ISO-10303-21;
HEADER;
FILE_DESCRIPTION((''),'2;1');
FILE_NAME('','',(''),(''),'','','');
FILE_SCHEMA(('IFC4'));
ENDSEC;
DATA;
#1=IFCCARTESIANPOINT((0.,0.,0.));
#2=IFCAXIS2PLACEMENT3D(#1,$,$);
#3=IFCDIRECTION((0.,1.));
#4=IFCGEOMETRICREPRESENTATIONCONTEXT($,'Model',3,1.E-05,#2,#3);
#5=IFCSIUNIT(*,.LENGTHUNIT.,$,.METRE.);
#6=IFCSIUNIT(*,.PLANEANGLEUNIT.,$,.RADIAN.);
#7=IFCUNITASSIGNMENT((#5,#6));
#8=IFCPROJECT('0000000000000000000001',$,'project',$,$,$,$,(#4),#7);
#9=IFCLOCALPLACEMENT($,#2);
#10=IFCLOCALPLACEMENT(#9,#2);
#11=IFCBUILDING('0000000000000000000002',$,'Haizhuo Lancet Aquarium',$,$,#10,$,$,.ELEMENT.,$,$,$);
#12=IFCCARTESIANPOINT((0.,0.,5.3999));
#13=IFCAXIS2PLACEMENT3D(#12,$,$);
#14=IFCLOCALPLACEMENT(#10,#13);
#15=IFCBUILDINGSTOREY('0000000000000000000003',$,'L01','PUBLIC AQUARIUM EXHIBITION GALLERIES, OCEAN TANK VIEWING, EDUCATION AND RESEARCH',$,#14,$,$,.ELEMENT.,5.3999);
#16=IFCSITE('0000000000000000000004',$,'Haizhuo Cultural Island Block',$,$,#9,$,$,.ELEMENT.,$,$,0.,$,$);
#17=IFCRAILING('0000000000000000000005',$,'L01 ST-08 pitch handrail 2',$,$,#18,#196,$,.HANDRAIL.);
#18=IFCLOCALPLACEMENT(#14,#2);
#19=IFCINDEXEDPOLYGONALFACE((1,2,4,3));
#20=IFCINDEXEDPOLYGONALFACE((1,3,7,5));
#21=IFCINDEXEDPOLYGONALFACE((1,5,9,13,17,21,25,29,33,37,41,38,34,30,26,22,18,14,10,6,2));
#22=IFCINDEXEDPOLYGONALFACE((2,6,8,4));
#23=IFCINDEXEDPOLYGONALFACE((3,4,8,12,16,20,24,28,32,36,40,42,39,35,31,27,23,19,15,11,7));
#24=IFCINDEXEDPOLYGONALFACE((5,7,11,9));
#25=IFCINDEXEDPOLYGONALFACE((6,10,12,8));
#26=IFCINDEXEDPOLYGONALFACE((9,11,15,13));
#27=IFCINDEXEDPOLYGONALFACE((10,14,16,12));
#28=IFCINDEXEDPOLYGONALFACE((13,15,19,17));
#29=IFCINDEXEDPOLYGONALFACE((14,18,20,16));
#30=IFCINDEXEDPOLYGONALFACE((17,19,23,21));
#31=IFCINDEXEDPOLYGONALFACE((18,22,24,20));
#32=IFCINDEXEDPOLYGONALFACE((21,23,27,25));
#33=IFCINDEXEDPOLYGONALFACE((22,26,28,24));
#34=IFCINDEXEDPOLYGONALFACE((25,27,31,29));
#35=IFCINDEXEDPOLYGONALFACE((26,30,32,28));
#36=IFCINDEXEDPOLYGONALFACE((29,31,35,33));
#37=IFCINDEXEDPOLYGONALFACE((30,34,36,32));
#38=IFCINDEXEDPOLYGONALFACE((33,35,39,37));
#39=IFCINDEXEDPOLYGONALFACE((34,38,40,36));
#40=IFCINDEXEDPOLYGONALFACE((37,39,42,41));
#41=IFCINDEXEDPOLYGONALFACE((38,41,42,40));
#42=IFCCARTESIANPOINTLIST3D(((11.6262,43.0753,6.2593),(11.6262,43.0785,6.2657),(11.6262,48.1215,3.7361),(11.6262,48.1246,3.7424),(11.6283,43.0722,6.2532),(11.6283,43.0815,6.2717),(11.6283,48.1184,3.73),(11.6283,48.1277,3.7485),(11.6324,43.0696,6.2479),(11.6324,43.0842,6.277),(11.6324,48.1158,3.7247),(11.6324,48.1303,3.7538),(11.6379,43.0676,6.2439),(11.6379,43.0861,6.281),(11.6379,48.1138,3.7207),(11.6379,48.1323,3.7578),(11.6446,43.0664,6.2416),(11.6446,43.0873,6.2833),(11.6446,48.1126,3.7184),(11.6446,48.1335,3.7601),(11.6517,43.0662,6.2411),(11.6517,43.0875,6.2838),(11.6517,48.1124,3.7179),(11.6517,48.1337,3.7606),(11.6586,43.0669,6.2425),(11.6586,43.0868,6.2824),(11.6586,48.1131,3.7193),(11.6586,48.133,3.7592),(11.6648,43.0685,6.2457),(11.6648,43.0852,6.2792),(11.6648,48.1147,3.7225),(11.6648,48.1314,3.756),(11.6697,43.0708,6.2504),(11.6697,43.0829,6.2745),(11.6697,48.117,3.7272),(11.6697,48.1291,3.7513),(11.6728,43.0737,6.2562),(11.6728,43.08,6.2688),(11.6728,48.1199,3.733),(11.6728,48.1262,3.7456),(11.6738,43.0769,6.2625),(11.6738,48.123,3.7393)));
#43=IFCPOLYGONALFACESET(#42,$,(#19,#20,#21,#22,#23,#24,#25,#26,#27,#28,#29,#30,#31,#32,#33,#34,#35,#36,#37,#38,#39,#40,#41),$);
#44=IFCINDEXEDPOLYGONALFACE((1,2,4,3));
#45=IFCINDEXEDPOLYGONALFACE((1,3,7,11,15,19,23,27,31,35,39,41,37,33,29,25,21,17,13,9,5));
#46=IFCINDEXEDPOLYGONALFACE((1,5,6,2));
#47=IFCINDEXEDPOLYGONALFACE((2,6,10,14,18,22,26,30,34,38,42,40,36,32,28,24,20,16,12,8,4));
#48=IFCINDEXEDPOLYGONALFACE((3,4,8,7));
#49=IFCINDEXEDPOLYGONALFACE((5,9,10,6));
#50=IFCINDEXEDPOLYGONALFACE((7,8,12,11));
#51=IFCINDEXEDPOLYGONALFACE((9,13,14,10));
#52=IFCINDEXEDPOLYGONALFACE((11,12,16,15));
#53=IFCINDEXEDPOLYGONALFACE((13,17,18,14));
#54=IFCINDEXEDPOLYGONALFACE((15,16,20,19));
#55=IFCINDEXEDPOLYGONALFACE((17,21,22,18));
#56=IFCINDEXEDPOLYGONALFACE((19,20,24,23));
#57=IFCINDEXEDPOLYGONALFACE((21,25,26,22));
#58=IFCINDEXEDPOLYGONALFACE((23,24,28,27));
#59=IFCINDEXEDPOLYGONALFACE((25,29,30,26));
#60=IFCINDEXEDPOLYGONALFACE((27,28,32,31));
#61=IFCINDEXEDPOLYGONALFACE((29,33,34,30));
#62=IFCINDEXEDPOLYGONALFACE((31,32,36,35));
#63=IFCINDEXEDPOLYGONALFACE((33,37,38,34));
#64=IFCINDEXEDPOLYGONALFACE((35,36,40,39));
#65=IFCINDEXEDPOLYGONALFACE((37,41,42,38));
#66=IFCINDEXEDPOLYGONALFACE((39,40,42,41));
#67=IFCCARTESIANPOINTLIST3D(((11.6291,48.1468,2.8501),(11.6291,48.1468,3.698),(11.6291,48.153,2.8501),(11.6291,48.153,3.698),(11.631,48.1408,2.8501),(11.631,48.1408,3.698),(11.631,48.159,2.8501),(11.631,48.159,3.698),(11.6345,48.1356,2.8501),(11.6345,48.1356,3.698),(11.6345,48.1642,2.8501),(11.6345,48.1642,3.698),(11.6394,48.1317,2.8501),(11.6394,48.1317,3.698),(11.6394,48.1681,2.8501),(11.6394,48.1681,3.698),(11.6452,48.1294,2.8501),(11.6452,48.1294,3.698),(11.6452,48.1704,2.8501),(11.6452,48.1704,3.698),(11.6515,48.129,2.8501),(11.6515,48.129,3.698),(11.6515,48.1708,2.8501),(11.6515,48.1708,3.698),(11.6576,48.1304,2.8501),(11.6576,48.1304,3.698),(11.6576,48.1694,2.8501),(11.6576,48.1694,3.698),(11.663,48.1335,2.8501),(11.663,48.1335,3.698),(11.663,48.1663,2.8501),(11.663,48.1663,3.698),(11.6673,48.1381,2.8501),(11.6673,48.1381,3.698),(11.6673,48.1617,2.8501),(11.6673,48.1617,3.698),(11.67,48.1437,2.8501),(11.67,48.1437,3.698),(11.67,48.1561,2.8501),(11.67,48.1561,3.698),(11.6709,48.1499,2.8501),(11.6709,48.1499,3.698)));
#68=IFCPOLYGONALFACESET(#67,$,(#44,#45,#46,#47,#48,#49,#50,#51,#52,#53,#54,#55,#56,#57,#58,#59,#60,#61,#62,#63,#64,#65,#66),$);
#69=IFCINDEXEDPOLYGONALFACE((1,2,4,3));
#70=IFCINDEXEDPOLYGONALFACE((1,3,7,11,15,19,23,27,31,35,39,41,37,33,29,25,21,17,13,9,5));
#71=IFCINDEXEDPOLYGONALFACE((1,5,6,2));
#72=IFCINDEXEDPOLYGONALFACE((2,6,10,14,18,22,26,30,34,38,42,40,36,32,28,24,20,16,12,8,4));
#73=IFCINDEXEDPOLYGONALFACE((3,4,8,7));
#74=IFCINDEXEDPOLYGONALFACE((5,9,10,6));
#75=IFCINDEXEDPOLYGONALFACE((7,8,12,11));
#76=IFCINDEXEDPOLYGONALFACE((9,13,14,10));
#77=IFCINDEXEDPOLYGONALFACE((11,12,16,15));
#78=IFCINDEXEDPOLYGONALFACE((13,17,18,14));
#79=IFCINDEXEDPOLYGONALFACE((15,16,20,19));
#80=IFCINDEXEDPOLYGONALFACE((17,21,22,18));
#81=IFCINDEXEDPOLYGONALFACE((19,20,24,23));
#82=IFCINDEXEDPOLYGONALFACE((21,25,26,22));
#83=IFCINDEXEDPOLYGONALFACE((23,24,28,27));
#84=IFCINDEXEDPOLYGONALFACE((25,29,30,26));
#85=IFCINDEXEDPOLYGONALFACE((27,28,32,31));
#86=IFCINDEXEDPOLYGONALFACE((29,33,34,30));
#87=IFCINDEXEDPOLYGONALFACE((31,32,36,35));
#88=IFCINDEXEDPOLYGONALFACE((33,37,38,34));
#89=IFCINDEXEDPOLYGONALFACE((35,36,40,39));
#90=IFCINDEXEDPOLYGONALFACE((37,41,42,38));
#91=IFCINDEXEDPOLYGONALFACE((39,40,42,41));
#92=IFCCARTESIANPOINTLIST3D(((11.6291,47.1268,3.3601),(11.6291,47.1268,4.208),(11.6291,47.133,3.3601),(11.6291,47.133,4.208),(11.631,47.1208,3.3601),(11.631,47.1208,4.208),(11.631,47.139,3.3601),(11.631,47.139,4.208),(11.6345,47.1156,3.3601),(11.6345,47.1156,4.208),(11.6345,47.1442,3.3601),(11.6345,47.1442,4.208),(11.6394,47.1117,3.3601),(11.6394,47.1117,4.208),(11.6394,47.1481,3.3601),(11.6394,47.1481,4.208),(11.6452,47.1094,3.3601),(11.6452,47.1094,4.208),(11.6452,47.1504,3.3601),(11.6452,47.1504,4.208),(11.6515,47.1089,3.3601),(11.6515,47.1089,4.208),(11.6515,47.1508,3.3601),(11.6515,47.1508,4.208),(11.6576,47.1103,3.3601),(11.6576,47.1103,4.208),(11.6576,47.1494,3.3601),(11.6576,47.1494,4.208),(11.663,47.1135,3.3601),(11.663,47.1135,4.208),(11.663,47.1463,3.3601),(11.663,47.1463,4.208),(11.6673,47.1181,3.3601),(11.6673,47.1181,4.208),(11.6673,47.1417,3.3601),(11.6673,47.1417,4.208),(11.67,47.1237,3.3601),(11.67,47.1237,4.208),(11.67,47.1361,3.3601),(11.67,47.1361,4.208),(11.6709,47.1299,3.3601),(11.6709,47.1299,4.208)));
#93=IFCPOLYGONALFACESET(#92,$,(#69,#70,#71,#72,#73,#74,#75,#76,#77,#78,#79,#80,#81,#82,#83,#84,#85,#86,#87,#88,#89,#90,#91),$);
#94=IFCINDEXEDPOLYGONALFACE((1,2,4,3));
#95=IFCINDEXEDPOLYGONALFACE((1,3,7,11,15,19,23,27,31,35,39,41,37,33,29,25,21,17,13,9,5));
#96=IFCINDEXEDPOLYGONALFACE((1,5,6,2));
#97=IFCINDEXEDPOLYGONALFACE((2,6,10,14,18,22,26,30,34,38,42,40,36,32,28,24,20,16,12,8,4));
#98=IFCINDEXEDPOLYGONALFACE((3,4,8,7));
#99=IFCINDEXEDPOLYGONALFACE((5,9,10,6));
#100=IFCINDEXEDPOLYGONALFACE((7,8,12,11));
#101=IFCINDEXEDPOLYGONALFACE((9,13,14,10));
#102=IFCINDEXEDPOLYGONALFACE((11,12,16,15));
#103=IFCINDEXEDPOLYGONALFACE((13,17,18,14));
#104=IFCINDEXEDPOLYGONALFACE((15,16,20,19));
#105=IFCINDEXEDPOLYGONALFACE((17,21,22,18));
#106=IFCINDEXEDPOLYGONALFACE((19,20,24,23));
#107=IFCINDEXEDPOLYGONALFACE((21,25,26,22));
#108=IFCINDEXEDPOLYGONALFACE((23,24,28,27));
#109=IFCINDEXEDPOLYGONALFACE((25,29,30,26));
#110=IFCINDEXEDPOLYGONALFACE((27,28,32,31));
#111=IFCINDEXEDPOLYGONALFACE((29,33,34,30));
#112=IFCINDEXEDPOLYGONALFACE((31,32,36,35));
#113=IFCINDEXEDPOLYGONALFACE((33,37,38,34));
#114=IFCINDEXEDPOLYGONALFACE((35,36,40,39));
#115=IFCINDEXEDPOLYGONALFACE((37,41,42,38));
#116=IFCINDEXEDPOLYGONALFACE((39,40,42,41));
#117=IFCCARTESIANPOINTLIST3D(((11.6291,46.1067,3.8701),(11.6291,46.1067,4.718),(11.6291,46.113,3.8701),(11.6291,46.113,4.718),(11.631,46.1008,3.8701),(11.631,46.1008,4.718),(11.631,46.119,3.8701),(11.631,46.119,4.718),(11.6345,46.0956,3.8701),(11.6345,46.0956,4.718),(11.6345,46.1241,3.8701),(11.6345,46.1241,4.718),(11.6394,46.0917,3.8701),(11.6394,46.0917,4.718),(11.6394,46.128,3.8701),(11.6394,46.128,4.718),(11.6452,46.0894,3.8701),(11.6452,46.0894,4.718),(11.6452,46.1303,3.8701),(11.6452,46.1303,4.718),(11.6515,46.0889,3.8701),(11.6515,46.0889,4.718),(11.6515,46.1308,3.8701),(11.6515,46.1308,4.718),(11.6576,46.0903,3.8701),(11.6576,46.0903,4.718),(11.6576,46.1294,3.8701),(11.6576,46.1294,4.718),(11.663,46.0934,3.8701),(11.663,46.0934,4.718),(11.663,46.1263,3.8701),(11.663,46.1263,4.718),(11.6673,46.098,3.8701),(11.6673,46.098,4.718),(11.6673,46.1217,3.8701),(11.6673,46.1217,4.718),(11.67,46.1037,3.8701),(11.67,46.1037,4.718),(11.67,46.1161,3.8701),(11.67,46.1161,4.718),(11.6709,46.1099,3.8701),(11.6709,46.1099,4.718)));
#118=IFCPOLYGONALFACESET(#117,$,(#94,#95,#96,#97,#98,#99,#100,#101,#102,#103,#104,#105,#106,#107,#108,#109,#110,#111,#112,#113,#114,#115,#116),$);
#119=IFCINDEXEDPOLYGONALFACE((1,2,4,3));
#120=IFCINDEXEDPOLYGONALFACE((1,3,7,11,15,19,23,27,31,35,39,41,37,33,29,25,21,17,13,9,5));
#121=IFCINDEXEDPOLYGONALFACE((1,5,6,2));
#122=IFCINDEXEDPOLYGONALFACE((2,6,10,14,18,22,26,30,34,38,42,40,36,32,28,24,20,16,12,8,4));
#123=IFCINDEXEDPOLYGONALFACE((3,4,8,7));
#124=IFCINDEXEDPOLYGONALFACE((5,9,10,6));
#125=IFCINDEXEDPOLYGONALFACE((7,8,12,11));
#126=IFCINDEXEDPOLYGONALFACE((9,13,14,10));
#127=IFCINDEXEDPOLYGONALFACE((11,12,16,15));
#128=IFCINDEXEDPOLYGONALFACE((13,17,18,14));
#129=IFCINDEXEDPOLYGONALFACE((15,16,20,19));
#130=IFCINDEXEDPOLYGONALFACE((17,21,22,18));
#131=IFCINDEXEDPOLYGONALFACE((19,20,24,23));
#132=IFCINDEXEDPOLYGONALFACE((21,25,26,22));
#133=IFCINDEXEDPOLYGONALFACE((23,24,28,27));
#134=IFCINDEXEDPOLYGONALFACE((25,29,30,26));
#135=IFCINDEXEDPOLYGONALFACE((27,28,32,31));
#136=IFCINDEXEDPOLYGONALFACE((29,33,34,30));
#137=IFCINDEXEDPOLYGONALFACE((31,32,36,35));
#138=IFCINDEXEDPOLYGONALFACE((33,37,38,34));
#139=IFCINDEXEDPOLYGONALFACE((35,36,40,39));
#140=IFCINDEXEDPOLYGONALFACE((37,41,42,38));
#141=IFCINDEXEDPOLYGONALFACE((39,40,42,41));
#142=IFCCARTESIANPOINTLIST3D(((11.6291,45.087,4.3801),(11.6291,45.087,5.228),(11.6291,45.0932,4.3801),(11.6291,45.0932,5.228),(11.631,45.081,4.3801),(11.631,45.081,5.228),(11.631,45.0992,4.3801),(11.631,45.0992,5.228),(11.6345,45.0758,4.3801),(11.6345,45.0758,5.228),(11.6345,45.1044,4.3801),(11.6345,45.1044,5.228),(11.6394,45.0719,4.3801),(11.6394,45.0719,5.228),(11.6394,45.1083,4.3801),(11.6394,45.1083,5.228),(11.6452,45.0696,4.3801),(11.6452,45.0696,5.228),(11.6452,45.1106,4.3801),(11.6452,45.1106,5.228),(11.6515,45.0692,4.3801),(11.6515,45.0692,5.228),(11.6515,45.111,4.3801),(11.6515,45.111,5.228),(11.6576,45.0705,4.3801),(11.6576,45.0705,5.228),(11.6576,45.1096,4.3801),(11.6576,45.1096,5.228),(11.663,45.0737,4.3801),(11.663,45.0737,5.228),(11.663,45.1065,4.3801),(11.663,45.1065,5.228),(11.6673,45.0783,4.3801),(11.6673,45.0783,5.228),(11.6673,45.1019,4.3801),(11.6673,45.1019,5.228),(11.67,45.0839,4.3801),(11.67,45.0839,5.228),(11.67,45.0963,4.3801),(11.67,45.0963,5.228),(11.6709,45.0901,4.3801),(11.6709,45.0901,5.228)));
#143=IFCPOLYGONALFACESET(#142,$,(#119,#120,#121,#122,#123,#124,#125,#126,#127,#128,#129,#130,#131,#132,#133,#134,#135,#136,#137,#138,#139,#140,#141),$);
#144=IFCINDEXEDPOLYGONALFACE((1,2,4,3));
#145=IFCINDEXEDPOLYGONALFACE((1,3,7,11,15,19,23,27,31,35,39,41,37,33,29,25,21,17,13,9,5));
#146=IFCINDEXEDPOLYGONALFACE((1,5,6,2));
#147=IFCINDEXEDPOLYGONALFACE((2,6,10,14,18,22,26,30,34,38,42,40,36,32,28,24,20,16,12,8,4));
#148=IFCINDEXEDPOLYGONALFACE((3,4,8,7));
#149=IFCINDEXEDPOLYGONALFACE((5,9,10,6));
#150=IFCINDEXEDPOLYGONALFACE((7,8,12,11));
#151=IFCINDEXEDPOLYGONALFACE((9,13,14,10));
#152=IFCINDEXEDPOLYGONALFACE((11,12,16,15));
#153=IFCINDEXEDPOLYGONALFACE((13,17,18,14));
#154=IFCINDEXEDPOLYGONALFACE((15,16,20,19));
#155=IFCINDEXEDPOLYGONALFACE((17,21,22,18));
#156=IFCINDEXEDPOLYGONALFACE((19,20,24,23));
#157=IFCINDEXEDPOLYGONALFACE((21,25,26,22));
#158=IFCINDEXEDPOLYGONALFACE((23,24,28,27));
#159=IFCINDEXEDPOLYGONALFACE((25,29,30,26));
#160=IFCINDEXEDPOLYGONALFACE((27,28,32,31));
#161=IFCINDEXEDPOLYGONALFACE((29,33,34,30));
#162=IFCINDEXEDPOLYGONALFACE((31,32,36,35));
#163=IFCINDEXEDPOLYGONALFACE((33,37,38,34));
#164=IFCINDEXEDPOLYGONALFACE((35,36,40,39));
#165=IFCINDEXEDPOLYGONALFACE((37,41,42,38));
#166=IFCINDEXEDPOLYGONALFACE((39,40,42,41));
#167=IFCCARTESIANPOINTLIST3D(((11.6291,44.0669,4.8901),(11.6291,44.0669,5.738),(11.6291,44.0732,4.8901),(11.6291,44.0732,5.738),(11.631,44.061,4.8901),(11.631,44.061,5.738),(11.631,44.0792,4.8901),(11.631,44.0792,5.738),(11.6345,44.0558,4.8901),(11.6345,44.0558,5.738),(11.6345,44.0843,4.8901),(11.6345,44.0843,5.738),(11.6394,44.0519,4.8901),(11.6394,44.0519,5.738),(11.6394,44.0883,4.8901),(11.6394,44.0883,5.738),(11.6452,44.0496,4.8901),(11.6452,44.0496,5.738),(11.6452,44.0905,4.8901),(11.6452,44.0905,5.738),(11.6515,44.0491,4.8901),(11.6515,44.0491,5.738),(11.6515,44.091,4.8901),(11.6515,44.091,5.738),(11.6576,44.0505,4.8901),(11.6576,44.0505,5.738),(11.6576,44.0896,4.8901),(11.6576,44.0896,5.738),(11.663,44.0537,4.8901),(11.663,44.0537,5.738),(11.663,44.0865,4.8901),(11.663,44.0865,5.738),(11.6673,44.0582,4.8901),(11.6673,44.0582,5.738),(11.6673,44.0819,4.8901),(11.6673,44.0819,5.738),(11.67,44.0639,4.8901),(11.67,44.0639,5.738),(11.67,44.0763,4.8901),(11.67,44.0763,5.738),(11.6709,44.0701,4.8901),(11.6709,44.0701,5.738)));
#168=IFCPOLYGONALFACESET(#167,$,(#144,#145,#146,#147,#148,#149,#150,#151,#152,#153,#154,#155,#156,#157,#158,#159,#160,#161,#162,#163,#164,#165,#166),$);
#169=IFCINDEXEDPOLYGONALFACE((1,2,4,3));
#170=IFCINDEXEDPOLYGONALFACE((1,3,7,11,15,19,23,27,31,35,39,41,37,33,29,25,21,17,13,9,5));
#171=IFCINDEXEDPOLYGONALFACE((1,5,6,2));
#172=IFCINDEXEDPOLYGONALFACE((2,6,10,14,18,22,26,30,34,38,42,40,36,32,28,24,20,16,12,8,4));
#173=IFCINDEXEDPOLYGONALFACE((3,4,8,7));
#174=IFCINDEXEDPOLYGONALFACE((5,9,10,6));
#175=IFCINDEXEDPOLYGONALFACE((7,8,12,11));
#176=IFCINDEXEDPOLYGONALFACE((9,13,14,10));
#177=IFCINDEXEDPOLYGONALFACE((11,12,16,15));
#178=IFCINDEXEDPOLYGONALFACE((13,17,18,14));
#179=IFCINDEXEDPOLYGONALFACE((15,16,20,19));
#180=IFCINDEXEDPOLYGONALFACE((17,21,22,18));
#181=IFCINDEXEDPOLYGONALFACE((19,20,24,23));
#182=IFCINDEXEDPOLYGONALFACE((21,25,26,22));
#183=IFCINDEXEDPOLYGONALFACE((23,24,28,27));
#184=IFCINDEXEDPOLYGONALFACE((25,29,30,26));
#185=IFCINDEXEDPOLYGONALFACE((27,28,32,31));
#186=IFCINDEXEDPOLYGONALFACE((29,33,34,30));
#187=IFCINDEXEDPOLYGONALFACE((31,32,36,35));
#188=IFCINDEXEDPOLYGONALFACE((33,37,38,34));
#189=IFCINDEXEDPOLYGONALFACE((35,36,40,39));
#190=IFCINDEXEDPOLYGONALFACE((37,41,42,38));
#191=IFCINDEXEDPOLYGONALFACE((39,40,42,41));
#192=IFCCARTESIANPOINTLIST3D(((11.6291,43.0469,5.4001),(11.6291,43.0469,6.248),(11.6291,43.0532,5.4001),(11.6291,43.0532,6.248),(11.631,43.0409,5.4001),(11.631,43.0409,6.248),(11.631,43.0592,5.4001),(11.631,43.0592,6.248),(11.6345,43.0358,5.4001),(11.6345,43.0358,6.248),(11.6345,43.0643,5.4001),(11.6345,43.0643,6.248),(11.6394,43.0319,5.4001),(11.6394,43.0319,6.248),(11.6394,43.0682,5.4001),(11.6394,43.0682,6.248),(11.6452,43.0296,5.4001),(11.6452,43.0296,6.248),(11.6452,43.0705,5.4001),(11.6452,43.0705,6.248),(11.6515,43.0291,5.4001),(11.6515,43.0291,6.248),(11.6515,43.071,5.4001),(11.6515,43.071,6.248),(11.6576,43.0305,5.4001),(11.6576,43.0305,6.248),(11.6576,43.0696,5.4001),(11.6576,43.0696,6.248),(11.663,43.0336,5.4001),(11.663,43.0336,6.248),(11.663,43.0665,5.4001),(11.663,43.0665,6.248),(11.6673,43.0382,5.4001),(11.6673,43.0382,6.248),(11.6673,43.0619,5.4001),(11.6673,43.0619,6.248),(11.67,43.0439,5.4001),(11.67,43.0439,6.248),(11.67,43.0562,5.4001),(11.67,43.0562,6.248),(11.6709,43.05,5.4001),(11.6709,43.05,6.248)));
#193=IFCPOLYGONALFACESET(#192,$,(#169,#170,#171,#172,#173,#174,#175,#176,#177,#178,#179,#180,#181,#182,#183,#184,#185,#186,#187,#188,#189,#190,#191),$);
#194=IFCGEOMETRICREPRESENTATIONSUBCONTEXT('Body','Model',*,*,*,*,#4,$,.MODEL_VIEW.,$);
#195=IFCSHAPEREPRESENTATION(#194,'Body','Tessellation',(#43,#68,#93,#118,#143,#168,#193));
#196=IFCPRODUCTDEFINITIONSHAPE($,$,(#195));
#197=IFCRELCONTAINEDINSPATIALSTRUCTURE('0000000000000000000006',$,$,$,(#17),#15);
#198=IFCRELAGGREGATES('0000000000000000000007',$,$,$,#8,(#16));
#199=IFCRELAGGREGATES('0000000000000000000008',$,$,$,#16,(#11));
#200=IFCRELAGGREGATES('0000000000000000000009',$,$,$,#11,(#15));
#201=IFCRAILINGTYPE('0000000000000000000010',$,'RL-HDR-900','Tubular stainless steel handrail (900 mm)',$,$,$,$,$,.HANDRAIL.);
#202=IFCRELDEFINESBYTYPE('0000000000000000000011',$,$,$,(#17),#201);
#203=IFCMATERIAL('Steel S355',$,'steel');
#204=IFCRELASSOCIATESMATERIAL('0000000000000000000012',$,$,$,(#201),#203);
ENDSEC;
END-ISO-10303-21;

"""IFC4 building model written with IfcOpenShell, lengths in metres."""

from ifc_helpers import new_model, si_unit, direction, frame, origin, origin_2d, place, context, subcontext, project, spatial, circle, extrude, material, type_object, element, save


model = new_model("IFC4")

# Units and contexts
model_context = context("Model", 3, precision=1e-05, world=origin(), true_north=direction((0.0, 1.0)))
body_context = subcontext(model_context, "Body", "Model", "MODEL_VIEW")
ifc_project = project(units=[si_unit("LENGTHUNIT", "METRE"), si_unit("PLANEANGLEUNIT", "RADIAN")], contexts=[model_context])

# Site, building, storey
site_placement = place(None, origin())
site = spatial("IfcSite", under=ifc_project, at=site_placement, Name="Haizhuo Cultural Island Block", CompositionType="ELEMENT", RefElevation=0.0)
building_placement = place(site_placement, origin())
building = spatial("IfcBuilding", under=site, at=building_placement, Name="Haizhuo Lancet Aquarium", CompositionType="ELEMENT")
storey_placement = place(building_placement, frame((0.0, 0.0, 5.3999)))
storey = spatial("IfcBuildingStorey", under=building, at=storey_placement, Name="L01", Description="PUBLIC AQUARIUM EXHIBITION GALLERIES, OCEAN TANK VIEWING, EDUCATION AND RESEARCH", CompositionType="ELEMENT", Elevation=5.3999)

# Shared definitions
ifc_material_1 = material(Name="Steel S355", Category="steel")

# Railing
railing_type_1 = type_object("IfcRailingType", Name="RL-HDR-900", Description="Tubular stainless steel handrail (900 mm)", PredefinedType="HANDRAIL", material=ifc_material_1)
railing_1_placement = place(storey_placement, frame((11.6499, 48.1499, 2.8501)))
element("IfcRailing", 1, at=railing_1_placement, inside=storey, type_object=railing_type_1, Name="L01 ST-08 pitch handrail 2", PredefinedType="HANDRAIL", context=body_context, shape_type="SweptSolid", body=[
    extrude(circle(Radius=0.0239, at=origin_2d()), frame((0.0, -0.0269, 0.8892), z_axis=(0.0, -0.894419, 0.447231), x_axis=(1.0, 0.0, 0.0)), (0.0, 0.0, 1.0), 5.6418),
    extrude(circle(Radius=0.021, at=origin_2d()), origin(), (0.0, 0.0, 1.0), 0.8479),
    extrude(circle(Radius=0.021, at=origin_2d()), frame((0.0, -1.02, 0.51)), (0.0, 0.0, 1.0), 0.8479),
    extrude(circle(Radius=0.021, at=origin_2d()), frame((0.0, -2.04, 1.02)), (0.0, 0.0, 1.0), 0.8479),
    extrude(circle(Radius=0.021, at=origin_2d()), frame((0.0, -3.0598, 1.53)), (0.0, 0.0, 1.0), 0.8479),
    extrude(circle(Radius=0.021, at=origin_2d()), frame((0.0, -4.0798, 2.04)), (0.0, 0.0, 1.0), 0.8479),
    extrude(circle(Radius=0.021, at=origin_2d()), frame((0.0, -5.0999, 2.55)), (0.0, 0.0, 1.0), 0.8479),
])

save(model, "model.ifc")
